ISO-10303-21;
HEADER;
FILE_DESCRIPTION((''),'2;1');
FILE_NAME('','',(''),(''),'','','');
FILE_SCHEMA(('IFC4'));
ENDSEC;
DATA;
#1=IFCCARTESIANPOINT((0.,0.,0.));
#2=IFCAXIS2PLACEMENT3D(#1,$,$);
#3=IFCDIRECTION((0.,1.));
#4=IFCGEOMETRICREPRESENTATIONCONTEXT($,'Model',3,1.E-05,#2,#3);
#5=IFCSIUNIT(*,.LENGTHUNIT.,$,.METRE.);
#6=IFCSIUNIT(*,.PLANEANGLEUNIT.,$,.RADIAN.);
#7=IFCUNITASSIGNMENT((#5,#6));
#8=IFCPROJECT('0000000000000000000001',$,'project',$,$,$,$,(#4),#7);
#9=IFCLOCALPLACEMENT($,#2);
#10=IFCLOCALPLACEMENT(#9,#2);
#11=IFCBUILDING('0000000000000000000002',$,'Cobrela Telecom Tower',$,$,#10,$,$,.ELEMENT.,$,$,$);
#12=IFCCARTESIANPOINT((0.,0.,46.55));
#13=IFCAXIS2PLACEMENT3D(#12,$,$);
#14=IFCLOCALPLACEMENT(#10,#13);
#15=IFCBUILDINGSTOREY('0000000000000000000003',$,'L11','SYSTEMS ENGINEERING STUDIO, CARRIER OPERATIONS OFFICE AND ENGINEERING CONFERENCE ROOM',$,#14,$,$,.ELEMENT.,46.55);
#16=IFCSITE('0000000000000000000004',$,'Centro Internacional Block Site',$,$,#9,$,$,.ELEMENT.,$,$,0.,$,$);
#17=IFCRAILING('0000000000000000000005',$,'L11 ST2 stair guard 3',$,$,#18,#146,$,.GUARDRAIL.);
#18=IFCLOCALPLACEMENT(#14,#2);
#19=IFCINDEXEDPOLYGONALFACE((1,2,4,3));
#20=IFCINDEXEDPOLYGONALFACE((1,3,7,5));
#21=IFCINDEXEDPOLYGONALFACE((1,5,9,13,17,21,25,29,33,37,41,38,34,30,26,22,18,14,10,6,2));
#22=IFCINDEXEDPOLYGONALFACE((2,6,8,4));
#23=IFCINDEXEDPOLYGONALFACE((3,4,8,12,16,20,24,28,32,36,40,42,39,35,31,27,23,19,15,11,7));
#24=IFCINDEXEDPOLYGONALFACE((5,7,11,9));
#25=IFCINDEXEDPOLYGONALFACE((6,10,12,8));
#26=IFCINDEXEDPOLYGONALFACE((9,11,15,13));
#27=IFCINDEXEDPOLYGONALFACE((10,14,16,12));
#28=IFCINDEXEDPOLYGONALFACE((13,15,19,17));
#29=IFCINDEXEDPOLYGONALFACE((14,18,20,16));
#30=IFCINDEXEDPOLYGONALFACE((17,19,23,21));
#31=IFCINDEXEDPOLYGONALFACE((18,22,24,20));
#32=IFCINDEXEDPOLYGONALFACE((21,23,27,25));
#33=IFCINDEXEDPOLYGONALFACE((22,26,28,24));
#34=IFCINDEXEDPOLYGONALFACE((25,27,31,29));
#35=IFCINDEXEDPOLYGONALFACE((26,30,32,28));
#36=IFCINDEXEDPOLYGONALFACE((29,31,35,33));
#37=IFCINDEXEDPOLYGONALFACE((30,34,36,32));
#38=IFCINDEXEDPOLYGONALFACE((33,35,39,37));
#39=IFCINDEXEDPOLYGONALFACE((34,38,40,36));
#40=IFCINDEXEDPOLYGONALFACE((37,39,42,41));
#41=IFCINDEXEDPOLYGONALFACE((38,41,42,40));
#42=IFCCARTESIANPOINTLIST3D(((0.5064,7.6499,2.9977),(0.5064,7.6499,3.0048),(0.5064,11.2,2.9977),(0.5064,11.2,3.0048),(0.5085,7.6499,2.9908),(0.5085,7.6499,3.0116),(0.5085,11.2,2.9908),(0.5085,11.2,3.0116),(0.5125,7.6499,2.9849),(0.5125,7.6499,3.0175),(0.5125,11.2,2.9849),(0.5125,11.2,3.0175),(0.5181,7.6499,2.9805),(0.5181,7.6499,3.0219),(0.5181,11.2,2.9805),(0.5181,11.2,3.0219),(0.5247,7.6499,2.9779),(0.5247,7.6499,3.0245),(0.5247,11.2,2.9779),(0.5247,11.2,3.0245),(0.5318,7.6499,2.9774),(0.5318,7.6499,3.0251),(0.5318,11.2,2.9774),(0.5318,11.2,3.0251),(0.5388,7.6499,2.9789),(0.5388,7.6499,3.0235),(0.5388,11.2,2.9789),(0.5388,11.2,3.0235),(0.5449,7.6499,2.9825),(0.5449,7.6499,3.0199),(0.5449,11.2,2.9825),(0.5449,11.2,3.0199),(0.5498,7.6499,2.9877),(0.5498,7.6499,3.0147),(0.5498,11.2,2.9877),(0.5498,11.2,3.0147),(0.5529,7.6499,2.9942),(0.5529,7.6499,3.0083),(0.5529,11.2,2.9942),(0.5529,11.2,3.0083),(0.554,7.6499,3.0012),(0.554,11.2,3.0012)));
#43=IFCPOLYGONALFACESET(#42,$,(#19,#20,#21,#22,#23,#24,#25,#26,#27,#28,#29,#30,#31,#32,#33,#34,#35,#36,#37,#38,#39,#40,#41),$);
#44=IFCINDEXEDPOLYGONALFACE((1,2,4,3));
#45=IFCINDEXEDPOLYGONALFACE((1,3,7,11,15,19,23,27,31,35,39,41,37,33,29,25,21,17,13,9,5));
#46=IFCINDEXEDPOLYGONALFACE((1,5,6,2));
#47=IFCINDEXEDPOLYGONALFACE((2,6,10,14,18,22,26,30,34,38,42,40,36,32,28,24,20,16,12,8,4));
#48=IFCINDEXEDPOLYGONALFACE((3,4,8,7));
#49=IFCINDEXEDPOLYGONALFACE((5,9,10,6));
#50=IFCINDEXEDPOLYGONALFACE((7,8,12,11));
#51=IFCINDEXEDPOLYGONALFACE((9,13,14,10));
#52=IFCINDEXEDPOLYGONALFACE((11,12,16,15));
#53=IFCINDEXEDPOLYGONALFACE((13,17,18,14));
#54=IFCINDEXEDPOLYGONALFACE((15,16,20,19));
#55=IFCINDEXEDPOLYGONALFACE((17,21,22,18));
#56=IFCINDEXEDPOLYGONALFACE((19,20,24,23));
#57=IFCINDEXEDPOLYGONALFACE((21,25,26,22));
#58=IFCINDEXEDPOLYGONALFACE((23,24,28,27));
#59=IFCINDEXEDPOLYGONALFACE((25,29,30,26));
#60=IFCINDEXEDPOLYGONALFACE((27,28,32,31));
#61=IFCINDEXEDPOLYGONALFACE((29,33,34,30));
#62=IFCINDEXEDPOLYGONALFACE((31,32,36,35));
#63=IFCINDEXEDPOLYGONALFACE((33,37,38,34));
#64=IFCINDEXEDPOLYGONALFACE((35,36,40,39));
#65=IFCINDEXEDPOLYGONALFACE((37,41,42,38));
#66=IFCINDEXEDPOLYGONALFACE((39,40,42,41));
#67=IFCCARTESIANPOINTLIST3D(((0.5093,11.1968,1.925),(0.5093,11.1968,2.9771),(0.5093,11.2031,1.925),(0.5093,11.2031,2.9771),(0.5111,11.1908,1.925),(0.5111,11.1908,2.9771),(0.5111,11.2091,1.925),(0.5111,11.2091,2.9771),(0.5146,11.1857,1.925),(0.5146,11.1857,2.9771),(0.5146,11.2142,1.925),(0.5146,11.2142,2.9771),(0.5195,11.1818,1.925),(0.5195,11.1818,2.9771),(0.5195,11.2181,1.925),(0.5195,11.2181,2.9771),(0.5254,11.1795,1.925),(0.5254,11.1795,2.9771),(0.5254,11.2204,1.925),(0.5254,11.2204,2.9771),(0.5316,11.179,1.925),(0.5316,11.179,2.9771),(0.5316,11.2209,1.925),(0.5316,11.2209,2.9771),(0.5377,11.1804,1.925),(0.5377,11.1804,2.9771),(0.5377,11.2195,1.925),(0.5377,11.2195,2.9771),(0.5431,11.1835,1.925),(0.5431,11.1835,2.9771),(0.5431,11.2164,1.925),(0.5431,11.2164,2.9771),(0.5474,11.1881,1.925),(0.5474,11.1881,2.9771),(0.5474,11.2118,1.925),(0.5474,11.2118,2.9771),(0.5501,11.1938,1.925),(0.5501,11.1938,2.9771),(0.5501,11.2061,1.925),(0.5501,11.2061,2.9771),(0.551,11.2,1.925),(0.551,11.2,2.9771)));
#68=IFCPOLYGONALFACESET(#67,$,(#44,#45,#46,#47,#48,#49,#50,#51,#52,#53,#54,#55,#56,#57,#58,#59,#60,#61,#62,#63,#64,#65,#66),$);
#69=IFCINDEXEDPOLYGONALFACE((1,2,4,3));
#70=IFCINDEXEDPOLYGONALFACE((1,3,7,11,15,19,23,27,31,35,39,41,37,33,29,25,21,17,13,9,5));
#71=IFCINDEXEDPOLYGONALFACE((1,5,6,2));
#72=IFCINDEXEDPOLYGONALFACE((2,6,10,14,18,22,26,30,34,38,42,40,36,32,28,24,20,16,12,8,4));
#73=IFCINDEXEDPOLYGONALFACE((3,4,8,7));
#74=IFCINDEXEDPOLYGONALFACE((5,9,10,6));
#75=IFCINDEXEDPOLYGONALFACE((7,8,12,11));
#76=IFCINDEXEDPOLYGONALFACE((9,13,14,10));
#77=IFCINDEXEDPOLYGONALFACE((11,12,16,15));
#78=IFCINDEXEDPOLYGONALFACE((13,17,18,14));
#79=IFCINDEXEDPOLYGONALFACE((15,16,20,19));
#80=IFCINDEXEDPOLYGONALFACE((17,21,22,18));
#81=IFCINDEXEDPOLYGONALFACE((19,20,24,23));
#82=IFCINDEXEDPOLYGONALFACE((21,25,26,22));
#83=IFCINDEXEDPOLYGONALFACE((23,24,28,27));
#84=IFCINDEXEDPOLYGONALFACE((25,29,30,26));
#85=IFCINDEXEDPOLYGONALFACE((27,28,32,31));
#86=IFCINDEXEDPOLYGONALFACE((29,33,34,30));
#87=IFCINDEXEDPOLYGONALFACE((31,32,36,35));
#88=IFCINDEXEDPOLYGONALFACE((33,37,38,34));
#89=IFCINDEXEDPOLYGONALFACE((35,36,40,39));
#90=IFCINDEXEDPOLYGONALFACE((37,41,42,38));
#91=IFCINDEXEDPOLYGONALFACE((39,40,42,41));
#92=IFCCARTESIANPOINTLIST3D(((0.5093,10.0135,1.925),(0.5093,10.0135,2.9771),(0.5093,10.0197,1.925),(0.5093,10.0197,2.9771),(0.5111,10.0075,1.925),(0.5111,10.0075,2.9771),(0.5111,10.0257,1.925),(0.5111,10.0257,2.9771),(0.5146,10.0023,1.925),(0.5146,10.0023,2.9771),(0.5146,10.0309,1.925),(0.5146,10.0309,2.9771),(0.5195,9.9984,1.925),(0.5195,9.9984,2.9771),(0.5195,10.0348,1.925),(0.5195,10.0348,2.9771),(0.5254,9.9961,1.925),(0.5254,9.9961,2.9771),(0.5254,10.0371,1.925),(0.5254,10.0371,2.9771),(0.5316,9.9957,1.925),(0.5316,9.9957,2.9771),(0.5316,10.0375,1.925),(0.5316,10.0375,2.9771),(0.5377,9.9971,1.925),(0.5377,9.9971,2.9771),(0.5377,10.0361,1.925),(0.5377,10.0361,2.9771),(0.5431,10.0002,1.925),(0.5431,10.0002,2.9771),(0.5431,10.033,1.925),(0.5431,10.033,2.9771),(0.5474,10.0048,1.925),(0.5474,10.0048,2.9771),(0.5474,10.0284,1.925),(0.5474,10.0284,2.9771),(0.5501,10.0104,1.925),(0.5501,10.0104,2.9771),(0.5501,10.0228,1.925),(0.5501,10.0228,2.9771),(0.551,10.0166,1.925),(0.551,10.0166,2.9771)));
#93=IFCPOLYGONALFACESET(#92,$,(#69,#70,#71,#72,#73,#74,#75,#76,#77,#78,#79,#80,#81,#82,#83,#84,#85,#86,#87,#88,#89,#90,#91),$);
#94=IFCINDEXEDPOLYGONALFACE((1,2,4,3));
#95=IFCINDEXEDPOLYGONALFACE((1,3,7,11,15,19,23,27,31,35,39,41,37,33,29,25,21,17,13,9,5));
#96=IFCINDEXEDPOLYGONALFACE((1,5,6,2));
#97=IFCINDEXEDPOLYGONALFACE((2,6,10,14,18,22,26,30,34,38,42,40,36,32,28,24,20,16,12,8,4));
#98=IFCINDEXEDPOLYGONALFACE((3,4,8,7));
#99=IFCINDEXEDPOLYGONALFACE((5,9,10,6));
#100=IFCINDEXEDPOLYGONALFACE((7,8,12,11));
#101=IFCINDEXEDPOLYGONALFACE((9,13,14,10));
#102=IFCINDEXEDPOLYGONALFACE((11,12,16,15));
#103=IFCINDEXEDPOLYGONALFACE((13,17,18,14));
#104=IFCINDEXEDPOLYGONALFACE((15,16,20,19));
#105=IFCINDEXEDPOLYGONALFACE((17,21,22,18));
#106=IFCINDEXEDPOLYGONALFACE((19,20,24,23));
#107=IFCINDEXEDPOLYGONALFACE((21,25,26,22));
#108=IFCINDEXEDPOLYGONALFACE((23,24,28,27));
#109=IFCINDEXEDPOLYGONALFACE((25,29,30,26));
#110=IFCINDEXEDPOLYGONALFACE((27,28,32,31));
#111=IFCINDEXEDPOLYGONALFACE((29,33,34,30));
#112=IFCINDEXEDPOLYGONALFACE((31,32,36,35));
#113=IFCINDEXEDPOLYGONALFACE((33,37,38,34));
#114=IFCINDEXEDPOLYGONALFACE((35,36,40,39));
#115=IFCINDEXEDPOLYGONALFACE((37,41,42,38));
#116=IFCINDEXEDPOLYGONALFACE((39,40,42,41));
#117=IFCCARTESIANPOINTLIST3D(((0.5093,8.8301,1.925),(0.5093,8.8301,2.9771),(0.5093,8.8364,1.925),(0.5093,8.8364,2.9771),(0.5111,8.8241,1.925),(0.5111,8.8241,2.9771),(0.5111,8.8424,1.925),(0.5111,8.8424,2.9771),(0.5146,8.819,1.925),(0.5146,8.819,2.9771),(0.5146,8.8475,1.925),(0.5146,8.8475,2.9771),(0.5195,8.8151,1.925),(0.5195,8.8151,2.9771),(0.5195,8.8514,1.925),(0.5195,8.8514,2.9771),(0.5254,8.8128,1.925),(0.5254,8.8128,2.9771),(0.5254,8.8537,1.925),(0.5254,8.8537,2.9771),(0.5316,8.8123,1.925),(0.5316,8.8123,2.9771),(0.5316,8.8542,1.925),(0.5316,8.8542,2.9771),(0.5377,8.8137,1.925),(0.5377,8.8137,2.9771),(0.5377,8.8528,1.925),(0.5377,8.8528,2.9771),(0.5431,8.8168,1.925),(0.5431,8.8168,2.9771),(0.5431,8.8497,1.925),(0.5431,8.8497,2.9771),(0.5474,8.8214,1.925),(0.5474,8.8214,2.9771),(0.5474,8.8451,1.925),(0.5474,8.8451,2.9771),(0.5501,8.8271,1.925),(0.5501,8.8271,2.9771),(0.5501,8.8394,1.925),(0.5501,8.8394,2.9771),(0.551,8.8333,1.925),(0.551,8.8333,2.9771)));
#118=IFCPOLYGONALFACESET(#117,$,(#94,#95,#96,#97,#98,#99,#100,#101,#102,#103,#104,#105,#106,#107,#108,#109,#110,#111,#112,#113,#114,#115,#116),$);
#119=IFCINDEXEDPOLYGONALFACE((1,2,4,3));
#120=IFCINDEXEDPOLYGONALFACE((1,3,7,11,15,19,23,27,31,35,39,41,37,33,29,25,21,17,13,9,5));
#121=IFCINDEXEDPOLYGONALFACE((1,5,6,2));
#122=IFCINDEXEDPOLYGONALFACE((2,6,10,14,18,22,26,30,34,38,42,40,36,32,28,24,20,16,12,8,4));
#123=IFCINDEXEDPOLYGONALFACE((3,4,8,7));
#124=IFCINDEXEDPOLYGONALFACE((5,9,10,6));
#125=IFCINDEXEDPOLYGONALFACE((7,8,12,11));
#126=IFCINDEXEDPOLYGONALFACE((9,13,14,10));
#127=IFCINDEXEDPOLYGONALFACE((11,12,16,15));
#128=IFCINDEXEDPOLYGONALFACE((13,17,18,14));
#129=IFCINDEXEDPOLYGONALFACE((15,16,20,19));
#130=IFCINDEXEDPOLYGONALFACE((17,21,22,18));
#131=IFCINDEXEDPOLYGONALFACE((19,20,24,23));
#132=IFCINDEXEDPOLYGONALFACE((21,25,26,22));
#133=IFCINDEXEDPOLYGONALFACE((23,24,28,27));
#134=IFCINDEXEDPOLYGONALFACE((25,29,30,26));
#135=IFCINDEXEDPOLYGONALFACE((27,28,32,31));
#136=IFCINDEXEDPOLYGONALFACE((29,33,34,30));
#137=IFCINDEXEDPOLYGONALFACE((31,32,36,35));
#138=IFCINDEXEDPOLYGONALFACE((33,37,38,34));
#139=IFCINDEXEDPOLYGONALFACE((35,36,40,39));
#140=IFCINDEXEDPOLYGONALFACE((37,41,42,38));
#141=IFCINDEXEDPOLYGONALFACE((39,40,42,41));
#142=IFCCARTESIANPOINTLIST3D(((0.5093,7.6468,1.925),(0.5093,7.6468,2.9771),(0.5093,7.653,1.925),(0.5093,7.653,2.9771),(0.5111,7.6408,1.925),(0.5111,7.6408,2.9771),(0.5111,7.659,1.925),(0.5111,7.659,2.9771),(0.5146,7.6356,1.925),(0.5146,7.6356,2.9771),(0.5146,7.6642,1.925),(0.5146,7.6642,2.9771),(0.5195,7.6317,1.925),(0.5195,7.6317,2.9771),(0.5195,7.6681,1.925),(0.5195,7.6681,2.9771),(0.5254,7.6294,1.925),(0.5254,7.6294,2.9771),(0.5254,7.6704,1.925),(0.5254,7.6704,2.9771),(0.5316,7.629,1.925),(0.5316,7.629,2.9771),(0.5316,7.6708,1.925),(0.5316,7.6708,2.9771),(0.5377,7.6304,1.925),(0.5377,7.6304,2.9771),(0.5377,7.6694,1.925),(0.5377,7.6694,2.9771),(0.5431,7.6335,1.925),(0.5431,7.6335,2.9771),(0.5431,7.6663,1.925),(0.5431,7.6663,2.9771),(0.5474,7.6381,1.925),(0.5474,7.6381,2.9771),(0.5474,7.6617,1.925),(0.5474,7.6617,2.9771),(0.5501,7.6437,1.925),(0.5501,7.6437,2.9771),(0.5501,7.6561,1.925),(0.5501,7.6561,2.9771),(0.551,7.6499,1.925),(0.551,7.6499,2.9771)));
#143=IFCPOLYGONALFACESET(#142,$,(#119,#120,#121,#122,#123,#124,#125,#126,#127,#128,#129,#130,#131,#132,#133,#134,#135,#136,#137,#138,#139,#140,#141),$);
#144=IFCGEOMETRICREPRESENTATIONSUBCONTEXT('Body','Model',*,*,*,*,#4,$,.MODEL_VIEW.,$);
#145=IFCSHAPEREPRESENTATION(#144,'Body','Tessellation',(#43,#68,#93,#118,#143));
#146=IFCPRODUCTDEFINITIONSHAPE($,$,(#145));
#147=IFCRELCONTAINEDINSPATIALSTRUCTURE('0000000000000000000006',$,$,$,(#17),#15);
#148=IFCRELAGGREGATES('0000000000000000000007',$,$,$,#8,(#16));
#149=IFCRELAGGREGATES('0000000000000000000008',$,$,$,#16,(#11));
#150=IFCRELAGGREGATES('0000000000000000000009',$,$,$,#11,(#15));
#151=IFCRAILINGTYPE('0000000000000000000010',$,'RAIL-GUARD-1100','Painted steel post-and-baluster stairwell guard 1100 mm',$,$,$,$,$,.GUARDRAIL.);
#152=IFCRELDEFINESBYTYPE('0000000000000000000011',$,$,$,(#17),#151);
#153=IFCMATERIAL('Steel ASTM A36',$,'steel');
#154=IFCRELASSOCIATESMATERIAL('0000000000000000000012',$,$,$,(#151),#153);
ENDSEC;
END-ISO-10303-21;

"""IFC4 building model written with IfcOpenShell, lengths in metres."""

from ifc_helpers import new_model, si_unit, direction, frame, origin, origin_2d, place, context, subcontext, project, spatial, circle, extrude, material, type_object, element, save


model = new_model("IFC4")

# Units and contexts
model_context = context("Model", 3, precision=1e-05, world=origin(), true_north=direction((0.0, 1.0)))
body_context = subcontext(model_context, "Body", "Model", "MODEL_VIEW")
ifc_project = project(units=[si_unit("LENGTHUNIT", "METRE"), si_unit("PLANEANGLEUNIT", "RADIAN")], contexts=[model_context])

# Site, building, storey
site_placement = place(None, origin())
site = spatial("IfcSite", under=ifc_project, at=site_placement, Name="Centro Internacional Block Site", CompositionType="ELEMENT", RefElevation=0.0)
building_placement = place(site_placement, origin())
building = spatial("IfcBuilding", under=site, at=building_placement, Name="Cobrela Telecom Tower", CompositionType="ELEMENT")
storey_placement = place(building_placement, frame((0.0, 0.0, 46.55)))
storey = spatial("IfcBuildingStorey", under=building, at=storey_placement, Name="L11", Description="SYSTEMS ENGINEERING STUDIO, CARRIER OPERATIONS OFFICE AND ENGINEERING CONFERENCE ROOM", CompositionType="ELEMENT", Elevation=46.55)

# Railing
ifc_material_1 = material(Name="Steel ASTM A36", Category="steel")
railing_type_1 = type_object("IfcRailingType", Name="RAIL-GUARD-1100", Description="Painted steel post-and-baluster stairwell guard 1100 mm", PredefinedType="GUARDRAIL", material=ifc_material_1)
railing_1_placement = place(storey_placement, frame((0.53, 11.2, 1.925)))
element("IfcRailing", 1, at=railing_1_placement, inside=storey, type_object=railing_type_1, Name="L11 ST2 stair guard 3", PredefinedType="GUARDRAIL", context=body_context, shape_type="SweptSolid", body=[
    extrude(circle(Radius=0.0239, at=origin_2d()), frame((0.0, 0.0, 1.0762), z_axis=(0.0, -1.0, 0.0), x_axis=(1.0, 0.0, 0.0)), (0.0, 0.0, 1.0), 3.55),
    extrude(circle(Radius=0.021, at=origin_2d()), origin(), (0.0, 0.0, 1.0), 1.052),
    extrude(circle(Radius=0.021, at=origin_2d()), frame((0.0, -1.1833, 0.0)), (0.0, 0.0, 1.0), 1.052),
    extrude(circle(Radius=0.021, at=origin_2d()), frame((0.0, -2.3667, 0.0)), (0.0, 0.0, 1.0), 1.052),
    extrude(circle(Radius=0.021, at=origin_2d()), frame((0.0, -3.55, 0.0)), (0.0, 0.0, 1.0), 1.052),
])

save(model, "model.ifc")
